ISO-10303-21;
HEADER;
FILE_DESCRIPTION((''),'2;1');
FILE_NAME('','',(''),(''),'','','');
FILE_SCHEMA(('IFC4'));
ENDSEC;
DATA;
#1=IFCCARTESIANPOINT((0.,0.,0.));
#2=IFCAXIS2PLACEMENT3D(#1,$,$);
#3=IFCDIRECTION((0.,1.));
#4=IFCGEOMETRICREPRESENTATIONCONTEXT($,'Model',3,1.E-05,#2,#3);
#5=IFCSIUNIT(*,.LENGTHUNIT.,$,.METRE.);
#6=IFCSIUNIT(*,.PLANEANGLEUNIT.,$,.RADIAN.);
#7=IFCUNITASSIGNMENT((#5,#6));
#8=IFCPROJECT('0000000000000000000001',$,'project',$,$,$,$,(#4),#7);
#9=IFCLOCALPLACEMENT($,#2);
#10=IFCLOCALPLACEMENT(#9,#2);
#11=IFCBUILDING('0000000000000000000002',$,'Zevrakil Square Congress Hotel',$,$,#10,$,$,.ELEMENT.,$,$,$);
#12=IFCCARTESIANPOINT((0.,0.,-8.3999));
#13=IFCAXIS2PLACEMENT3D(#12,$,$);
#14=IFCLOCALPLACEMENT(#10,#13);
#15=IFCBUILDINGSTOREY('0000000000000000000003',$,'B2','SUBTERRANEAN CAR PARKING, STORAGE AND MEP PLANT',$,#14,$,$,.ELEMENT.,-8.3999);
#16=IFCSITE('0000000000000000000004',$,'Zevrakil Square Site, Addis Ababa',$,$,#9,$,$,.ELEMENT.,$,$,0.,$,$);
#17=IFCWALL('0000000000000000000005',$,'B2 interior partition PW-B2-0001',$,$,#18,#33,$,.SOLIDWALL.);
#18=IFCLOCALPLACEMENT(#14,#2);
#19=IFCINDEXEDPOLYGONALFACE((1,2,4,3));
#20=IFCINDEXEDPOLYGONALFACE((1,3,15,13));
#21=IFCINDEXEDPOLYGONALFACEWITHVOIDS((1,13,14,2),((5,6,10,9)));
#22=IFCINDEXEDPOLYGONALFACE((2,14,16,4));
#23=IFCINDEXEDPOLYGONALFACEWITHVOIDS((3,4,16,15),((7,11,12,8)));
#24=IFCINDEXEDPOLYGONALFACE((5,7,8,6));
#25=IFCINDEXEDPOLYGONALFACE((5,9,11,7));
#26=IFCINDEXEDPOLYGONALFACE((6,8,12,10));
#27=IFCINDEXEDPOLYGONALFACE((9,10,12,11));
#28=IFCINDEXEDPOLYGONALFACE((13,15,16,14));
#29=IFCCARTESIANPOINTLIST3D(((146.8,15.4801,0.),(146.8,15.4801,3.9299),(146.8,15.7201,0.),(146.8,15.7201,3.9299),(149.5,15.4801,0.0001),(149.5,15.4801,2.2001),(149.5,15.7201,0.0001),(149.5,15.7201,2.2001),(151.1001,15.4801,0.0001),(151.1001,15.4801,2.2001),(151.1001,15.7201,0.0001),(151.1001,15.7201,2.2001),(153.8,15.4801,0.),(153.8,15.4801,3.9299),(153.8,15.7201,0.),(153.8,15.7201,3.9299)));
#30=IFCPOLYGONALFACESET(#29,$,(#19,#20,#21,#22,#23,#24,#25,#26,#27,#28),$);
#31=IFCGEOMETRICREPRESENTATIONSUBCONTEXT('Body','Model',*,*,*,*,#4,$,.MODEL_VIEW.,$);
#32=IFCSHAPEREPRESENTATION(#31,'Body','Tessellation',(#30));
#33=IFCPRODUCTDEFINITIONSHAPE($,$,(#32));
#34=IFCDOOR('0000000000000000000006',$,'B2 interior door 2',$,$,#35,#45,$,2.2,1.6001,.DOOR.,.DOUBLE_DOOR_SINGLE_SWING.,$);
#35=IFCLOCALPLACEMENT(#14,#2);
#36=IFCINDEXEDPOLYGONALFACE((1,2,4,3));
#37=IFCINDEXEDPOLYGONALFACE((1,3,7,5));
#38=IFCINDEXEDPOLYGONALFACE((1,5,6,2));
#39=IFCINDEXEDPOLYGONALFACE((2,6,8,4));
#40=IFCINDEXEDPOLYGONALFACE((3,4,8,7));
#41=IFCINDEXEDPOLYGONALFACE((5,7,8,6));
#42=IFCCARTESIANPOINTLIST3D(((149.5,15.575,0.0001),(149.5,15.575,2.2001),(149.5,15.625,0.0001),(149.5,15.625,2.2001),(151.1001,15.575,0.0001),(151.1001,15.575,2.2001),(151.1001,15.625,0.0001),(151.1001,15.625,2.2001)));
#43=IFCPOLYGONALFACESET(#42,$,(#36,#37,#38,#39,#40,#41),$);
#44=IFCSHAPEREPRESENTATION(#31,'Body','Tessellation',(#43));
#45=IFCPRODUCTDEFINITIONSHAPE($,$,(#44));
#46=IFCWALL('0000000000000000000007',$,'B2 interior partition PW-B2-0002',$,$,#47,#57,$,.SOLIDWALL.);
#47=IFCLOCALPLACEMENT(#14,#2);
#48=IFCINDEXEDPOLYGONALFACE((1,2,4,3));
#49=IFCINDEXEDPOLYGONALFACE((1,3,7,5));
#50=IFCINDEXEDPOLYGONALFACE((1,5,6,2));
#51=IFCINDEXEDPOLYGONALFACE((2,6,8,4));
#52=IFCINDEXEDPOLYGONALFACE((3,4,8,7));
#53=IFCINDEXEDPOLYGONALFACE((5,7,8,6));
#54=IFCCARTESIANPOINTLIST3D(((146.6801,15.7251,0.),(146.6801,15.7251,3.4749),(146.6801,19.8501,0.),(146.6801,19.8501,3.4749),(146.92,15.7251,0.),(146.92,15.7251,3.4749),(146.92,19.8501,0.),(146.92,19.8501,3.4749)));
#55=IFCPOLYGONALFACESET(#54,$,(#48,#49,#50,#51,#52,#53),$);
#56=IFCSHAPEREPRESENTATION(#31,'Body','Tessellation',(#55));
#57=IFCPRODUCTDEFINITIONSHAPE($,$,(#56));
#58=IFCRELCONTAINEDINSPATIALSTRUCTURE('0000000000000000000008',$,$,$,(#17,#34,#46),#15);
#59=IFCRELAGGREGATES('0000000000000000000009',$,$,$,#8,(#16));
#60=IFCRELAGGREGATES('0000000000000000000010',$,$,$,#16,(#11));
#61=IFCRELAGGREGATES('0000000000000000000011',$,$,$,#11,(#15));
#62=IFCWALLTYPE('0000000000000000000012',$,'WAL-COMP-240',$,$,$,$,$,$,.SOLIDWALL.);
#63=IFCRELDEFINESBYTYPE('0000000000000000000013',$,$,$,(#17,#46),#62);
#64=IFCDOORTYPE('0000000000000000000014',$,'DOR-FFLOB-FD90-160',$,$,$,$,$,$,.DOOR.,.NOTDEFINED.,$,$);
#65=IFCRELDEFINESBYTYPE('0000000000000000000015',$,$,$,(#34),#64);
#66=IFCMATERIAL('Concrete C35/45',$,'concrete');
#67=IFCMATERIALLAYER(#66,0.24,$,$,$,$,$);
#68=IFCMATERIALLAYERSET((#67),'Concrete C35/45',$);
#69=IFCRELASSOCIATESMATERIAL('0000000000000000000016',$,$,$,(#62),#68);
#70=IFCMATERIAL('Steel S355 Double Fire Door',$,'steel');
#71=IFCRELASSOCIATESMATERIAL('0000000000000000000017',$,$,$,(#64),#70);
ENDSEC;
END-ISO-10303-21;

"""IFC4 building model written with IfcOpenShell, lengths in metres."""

from ifc_helpers import new_model, si_unit, direction, frame, frame_2d, origin, place, context, subcontext, project, spatial, rectangle, extrude, material, layer, layer_set, type_object, element, fill, save


model = new_model("IFC4")

# Units and contexts
model_context = context("Model", 3, precision=1e-05, world=origin(), true_north=direction((0.0, 1.0)))
body_context = subcontext(model_context, "Body", "Model", "MODEL_VIEW")
ifc_project = project(units=[si_unit("LENGTHUNIT", "METRE"), si_unit("PLANEANGLEUNIT", "RADIAN")], contexts=[model_context])

# Site, building, storey
site_placement = place(None, origin())
site = spatial("IfcSite", under=ifc_project, at=site_placement, Name="Zevrakil Square Site, Addis Ababa", CompositionType="ELEMENT", RefElevation=0.0)
building_placement = place(site_placement, origin())
building = spatial("IfcBuilding", under=site, at=building_placement, Name="Zevrakil Square Congress Hotel", CompositionType="ELEMENT")
storey_placement = place(building_placement, frame((0.0, 0.0, -8.3999)))
storey = spatial("IfcBuildingStorey", under=building, at=storey_placement, Name="B2", Description="SUBTERRANEAN CAR PARKING, STORAGE AND MEP PLANT", CompositionType="ELEMENT", Elevation=-8.3999)

# Wall, opening, door
ifc_material_1 = material(Name="Concrete C35/45", Category="concrete")
ifc_layer = layer(ifc_material_1, 0.24)
ifc_layer_set = layer_set([ifc_layer], Name="Concrete C35/45")
wall_type = type_object("IfcWallType", Name="WAL-COMP-240", PredefinedType="SOLIDWALL", material=ifc_layer_set)
wall_1_placement = place(storey_placement, frame((146.8, 15.6001, 0.0), z_axis=(0.0, 0.0, 1.0), x_axis=(1.0, 0.0, 0.0)))
wall_1 = element("IfcWall", 1, at=wall_1_placement, inside=storey, type_object=wall_type, Name="B2 interior partition PW-B2-0001", PredefinedType="SOLIDWALL", context=body_context, shape_type="SweptSolid", body=[
    extrude(rectangle(XDim=7.0, YDim=0.24, at=frame_2d((3.5, 0.0))), origin(), (0.0, 0.0, 1.0), 3.9299),
])
opening_placement = place(wall_1_placement, frame((2.7, 0.0, 0.0)))
opening = element("IfcOpeningElement", 2, at=opening_placement, cuts=wall_1, PredefinedType="OPENING", context=body_context, shape_type="SweptSolid", body=[
    extrude(rectangle(XDim=1.6001, YDim=2.2, at=frame_2d((0.8, 1.1001))), frame((0.0, 0.1299, 0.0), z_axis=(0.0, -1.0, 0.0), x_axis=(1.0, 0.0, 0.0)), (0.0, 0.0, 1.0), 0.26),
])
ifc_material_2 = material(Name="Steel S355 Double Fire Door", Category="steel")
door_type = type_object("IfcDoorType", Name="DOR-FFLOB-FD90-160", OperationType="NOTDEFINED", PredefinedType="DOOR", material=ifc_material_2)
door_placement = place(opening_placement, origin())
door = element("IfcDoor", 3, at=door_placement, inside=storey, type_object=door_type, Name="B2 interior door 2", OperationType="DOUBLE_DOOR_SINGLE_SWING", OverallHeight=2.2, OverallWidth=1.6001, PredefinedType="DOOR", context=body_context, shape_type="SweptSolid", body=[
    extrude(rectangle(XDim=1.6001, YDim=2.2, at=frame_2d((0.8, 1.1001))), frame((0.0, 0.0249, 0.0), z_axis=(0.0, -1.0, 0.0), x_axis=(1.0, 0.0, 0.0)), (0.0, 0.0, 1.0), 0.05),
])
fill(opening, door)

# Wall
wall_2_placement = place(storey_placement, frame((146.8, 15.7251, 0.0), z_axis=(0.0, 0.0, 1.0), x_axis=(0.0, 1.0, 0.0)))
element("IfcWall", 4, at=wall_2_placement, inside=storey, type_object=wall_type, Name="B2 interior partition PW-B2-0002", PredefinedType="SOLIDWALL", context=body_context, shape_type="SweptSolid", body=[
    extrude(rectangle(XDim=4.125, YDim=0.24, at=frame_2d((2.0625, 0.0))), origin(), (0.0, 0.0, 1.0), 3.4749),
])

save(model, "model.ifc")
